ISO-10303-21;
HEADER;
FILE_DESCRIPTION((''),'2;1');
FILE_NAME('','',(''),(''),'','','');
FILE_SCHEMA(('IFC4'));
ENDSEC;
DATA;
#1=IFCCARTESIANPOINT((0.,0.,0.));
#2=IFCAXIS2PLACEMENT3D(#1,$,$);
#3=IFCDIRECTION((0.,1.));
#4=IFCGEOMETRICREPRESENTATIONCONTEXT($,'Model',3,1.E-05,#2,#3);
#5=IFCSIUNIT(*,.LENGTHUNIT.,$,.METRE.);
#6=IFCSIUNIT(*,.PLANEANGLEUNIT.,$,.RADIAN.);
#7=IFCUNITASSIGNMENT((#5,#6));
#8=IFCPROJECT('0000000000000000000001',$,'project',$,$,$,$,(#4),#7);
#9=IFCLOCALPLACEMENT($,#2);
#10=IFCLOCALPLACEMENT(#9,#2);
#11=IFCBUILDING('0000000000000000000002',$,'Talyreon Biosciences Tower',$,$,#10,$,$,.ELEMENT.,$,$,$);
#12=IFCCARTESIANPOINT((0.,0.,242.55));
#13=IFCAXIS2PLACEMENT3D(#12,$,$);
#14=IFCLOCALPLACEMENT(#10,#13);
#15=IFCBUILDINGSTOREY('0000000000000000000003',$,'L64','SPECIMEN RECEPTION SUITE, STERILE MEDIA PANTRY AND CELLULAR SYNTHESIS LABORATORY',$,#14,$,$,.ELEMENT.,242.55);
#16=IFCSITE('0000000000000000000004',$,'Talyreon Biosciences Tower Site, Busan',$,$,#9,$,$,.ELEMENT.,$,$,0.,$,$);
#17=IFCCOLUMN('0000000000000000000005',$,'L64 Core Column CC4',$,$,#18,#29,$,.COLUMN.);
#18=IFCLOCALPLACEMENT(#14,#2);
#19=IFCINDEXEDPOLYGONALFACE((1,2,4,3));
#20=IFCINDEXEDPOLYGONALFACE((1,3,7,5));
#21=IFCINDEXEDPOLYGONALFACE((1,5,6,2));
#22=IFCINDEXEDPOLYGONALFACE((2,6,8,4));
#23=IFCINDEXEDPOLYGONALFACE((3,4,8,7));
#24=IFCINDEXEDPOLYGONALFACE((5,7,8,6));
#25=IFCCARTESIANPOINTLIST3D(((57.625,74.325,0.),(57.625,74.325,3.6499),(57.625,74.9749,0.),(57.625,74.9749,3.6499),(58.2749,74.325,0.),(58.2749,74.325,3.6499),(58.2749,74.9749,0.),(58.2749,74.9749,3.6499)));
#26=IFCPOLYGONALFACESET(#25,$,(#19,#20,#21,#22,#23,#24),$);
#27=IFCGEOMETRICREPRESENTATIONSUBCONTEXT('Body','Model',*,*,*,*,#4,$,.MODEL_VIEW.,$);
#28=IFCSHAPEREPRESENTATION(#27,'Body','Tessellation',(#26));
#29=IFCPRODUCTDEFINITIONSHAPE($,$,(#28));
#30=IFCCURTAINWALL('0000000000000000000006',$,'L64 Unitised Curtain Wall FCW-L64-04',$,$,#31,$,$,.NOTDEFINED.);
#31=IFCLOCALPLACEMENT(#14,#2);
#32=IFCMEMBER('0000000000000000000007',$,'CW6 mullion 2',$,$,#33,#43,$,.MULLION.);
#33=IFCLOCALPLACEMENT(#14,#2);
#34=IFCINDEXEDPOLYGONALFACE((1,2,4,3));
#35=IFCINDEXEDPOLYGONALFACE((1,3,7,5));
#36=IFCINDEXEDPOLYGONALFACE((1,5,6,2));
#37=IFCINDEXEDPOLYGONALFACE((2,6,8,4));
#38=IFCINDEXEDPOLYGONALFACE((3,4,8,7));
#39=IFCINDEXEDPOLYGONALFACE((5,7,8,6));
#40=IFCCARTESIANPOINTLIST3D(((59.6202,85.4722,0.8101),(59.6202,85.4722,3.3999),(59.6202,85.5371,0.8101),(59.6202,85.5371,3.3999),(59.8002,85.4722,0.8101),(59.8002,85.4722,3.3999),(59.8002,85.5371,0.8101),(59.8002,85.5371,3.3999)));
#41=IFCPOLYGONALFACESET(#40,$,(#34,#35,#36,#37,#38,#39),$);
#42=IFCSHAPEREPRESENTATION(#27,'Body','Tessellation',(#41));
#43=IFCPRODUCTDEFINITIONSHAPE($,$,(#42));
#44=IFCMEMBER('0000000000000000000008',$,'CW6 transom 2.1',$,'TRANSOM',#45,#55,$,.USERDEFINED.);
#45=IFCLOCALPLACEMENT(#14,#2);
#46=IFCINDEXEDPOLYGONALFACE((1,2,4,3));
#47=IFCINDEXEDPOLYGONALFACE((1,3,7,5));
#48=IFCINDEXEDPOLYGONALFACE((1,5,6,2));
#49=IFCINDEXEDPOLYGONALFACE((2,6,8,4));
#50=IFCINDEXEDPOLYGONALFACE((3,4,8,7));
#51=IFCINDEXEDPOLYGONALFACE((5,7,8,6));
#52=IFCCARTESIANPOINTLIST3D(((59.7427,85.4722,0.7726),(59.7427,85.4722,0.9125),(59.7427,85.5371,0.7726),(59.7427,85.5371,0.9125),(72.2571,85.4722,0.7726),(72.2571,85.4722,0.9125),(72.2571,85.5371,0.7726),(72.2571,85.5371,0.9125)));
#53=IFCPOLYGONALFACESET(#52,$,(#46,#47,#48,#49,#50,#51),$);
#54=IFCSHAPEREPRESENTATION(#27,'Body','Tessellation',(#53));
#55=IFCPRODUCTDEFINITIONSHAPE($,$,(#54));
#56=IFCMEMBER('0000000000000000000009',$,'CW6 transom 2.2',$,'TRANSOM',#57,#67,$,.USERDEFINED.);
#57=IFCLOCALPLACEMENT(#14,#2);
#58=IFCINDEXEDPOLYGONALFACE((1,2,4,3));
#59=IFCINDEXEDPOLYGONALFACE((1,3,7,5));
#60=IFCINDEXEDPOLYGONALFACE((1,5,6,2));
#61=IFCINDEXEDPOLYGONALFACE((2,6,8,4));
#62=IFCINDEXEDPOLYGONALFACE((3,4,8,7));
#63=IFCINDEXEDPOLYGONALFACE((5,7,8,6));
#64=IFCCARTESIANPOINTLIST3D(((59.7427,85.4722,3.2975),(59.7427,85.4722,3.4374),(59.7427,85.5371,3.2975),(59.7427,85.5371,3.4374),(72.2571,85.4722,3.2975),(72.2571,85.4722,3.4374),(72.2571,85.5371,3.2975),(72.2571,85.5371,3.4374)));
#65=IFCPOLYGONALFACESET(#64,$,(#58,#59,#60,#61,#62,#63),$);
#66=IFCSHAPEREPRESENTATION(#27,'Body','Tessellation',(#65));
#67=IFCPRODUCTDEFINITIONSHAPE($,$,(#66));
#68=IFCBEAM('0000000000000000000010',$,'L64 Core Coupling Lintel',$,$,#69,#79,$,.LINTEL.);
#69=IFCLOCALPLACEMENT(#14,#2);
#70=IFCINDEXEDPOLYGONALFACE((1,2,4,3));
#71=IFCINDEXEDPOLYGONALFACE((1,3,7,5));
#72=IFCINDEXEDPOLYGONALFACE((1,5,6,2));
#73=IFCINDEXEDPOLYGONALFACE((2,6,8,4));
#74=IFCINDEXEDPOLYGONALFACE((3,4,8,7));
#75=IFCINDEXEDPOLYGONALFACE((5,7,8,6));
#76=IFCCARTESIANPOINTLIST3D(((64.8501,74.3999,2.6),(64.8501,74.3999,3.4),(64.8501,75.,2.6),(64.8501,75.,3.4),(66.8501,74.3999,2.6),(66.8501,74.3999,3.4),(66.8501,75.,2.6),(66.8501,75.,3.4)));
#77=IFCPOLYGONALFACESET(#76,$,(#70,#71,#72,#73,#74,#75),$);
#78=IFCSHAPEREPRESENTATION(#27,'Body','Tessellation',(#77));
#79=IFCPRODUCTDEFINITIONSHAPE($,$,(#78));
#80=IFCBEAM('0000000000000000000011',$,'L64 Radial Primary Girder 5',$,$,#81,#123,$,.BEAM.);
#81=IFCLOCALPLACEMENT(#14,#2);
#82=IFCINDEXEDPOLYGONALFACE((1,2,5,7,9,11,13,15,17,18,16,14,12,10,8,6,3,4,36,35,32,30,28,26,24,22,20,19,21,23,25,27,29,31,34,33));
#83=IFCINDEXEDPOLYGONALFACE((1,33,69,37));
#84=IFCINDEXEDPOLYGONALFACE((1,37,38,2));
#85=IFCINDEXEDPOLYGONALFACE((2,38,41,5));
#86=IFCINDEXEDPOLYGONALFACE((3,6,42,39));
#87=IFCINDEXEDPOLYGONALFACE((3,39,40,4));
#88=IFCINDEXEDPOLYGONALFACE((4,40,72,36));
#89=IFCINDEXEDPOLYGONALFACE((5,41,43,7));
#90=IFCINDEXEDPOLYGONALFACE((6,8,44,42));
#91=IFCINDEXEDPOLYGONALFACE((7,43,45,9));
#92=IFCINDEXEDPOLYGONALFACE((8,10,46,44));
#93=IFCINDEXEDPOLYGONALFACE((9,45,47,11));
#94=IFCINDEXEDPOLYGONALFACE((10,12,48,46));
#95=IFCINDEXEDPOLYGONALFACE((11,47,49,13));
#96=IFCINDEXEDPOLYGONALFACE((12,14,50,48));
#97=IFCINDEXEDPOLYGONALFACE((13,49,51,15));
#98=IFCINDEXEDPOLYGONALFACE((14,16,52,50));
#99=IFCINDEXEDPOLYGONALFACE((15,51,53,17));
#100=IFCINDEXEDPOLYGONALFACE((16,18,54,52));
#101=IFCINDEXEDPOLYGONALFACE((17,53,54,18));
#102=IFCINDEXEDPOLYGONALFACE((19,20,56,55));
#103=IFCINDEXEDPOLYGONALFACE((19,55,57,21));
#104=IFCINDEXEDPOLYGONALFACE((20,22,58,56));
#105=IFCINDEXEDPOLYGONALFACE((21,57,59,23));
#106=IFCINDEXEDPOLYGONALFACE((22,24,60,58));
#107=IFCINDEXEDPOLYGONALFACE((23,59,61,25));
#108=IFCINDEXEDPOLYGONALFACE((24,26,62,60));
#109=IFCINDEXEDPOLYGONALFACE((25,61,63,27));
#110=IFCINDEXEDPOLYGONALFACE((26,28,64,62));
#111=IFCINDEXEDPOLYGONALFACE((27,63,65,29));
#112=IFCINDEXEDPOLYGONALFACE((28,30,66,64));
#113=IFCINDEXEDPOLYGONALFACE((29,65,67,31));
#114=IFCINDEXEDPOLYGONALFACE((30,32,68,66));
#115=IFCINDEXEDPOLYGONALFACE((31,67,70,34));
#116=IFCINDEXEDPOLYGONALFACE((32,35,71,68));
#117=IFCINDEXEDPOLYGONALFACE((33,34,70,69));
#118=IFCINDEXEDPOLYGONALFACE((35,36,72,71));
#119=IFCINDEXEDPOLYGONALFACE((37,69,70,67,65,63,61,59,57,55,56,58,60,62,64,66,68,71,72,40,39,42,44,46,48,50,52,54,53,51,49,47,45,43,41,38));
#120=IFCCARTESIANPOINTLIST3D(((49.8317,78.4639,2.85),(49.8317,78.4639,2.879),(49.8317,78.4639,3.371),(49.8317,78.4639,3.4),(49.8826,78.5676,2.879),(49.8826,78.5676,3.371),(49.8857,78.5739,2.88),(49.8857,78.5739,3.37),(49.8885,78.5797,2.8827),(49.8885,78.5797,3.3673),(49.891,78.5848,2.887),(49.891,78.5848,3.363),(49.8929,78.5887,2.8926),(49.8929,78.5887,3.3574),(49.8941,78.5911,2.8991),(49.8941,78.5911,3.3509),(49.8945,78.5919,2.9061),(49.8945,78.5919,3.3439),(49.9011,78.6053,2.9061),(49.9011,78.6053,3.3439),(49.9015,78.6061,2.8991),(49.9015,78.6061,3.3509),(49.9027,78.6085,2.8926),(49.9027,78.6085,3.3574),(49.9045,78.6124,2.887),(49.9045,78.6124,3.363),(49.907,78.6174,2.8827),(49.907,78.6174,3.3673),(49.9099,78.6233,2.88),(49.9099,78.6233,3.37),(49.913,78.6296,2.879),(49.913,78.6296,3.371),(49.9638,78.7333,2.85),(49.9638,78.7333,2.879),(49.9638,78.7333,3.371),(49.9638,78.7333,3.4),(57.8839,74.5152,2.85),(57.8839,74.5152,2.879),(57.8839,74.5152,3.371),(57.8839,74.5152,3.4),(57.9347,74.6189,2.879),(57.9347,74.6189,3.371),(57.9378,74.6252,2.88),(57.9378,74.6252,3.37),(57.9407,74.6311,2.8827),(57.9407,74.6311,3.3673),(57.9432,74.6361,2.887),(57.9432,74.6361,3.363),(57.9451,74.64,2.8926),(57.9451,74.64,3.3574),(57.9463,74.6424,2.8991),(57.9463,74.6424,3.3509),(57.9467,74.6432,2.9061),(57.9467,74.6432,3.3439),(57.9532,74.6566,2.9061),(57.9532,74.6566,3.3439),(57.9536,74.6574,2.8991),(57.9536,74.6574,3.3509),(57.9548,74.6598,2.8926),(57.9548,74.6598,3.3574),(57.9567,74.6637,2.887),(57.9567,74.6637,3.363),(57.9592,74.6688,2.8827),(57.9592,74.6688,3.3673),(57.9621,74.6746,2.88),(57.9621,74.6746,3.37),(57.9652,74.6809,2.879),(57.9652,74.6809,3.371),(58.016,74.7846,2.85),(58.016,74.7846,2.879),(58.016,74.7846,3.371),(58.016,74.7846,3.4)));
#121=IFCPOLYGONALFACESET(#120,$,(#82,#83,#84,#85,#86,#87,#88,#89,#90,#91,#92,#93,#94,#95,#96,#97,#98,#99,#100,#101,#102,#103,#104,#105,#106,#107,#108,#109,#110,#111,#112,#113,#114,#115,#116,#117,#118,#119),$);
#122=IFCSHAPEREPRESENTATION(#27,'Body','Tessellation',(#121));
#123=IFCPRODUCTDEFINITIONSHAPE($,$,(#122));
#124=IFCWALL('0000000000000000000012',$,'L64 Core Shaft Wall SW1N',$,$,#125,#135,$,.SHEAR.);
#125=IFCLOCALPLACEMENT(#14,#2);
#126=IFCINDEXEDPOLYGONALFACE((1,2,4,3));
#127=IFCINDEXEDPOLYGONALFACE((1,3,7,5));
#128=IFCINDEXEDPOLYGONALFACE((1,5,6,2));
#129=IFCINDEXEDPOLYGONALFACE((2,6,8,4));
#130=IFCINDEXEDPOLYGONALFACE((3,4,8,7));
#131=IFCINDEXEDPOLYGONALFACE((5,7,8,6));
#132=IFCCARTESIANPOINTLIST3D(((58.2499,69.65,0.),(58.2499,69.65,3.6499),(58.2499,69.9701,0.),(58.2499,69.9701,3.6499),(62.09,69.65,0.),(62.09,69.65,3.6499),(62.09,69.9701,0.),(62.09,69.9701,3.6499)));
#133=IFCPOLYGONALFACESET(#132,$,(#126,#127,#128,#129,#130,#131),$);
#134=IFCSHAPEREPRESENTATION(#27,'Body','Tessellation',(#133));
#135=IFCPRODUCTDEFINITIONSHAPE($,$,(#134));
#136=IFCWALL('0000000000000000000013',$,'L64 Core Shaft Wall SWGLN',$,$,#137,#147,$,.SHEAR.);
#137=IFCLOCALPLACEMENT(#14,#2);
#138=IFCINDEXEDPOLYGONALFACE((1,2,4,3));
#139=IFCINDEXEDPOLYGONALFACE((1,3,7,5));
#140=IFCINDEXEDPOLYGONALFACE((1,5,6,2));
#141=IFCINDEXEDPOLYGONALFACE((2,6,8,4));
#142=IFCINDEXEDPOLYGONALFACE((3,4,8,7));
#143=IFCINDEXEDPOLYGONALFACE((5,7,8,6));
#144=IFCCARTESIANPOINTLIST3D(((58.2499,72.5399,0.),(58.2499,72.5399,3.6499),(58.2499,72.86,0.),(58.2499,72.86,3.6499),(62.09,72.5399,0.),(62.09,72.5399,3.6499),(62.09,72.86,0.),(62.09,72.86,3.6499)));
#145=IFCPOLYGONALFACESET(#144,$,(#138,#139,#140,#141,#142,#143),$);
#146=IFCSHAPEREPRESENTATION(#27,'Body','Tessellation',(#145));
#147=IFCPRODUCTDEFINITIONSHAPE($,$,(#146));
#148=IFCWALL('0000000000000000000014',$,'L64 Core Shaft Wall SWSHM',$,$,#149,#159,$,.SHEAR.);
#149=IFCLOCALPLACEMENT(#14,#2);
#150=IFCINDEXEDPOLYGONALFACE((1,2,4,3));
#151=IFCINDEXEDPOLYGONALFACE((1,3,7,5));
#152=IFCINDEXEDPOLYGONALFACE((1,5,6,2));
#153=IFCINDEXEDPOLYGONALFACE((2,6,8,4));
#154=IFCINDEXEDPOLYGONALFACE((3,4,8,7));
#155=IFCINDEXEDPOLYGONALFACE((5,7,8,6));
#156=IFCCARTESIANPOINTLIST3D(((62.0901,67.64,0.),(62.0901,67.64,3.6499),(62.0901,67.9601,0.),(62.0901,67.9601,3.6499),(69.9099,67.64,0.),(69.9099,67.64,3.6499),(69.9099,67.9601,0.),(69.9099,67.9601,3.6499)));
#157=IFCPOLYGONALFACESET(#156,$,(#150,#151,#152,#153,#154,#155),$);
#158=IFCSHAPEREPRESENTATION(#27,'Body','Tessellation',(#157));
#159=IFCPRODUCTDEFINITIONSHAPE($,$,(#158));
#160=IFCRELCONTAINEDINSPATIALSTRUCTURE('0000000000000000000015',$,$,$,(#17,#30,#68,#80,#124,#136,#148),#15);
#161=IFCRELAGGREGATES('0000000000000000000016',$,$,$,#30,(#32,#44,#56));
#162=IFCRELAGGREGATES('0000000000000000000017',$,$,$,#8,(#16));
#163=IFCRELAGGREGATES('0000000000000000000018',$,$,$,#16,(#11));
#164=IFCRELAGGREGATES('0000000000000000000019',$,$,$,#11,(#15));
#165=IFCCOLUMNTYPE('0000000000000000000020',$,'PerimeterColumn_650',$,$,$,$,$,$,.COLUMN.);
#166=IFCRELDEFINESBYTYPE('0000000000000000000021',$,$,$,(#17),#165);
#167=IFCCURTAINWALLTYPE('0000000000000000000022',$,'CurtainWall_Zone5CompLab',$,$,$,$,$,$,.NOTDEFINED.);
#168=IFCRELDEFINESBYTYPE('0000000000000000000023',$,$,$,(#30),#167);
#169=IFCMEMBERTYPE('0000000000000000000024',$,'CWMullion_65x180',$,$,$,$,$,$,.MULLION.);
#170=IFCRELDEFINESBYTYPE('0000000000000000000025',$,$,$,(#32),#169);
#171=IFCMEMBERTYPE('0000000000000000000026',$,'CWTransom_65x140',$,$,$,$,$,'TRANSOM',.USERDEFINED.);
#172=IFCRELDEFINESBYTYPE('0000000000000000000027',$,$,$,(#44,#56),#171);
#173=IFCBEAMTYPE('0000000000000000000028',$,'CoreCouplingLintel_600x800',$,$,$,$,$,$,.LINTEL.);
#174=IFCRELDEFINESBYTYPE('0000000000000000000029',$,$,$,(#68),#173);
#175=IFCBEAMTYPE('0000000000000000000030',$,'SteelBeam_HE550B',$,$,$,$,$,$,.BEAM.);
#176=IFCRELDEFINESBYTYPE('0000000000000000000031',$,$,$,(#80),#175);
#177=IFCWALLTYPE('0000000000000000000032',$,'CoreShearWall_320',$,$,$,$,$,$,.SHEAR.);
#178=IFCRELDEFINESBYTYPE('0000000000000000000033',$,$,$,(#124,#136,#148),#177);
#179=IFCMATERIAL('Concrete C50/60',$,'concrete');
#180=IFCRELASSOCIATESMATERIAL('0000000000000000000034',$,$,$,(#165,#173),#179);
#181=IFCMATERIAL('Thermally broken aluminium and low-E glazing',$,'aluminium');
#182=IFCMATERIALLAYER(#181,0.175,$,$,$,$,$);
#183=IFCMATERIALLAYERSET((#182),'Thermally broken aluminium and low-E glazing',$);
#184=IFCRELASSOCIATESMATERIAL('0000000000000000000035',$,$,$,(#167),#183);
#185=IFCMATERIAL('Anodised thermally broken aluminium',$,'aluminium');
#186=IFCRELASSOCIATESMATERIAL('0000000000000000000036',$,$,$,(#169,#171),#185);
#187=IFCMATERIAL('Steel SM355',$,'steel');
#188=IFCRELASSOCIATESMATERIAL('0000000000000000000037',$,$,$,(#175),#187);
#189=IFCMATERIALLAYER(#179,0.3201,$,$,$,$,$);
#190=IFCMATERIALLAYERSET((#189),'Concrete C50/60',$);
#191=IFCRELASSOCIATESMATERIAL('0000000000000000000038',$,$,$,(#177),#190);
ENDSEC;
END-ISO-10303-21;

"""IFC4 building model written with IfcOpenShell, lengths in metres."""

from ifc_helpers import new_model, si_unit, direction, frame, frame_2d, origin, origin_2d, place, context, subcontext, project, spatial, rectangle, i_section, extrude, material, layer, layer_set, material_profile, profile_set, type_object, element, aggregate, save


model = new_model("IFC4")

# Units and contexts
model_context = context("Model", 3, precision=1e-05, world=origin(), true_north=direction((0.0, 1.0)))
body_context = subcontext(model_context, "Body", "Model", "MODEL_VIEW")
ifc_project = project(units=[si_unit("LENGTHUNIT", "METRE"), si_unit("PLANEANGLEUNIT", "RADIAN")], contexts=[model_context])

# Site, building, storey
site_placement = place(None, origin())
site = spatial("IfcSite", under=ifc_project, at=site_placement, Name="Talyreon Biosciences Tower Site, Busan", CompositionType="ELEMENT", RefElevation=0.0)
building_placement = place(site_placement, origin())
building = spatial("IfcBuilding", under=site, at=building_placement, Name="Talyreon Biosciences Tower", CompositionType="ELEMENT")
storey_placement = place(building_placement, frame((0.0, 0.0, 242.55)))
storey = spatial("IfcBuildingStorey", under=building, at=storey_placement, Name="L64", Description="SPECIMEN RECEPTION SUITE, STERILE MEDIA PANTRY AND CELLULAR SYNTHESIS LABORATORY", CompositionType="ELEMENT", Elevation=242.55)

# Column
ifc_material_1 = material(Name="Concrete C50/60", Category="concrete")
ifc_material_profile_1 = material_profile(ifc_material_1, rectangle(XDim=0.6499, YDim=0.6499, at=origin_2d()), Name="RC 650x650")
ifc_profile_set_1 = profile_set([ifc_material_profile_1], Name="Concrete C50/60")
column_type = type_object("IfcColumnType", Name="PerimeterColumn_650", PredefinedType="COLUMN", material=ifc_profile_set_1)
column_placement = place(storey_placement, frame((57.95, 74.6499, 0.0), z_axis=(0.0, 0.0, 1.0), x_axis=(1.0, 0.0, 0.0)))
element("IfcColumn", 1, at=column_placement, inside=storey, type_object=column_type, Name="L64 Core Column CC4", PredefinedType="COLUMN", context=body_context, shape_type="SweptSolid", body=[
    extrude(rectangle(XDim=0.6499, YDim=0.6499, at=origin_2d()), origin(), (0.0, 0.0, 1.0), 3.6499),
])

# Curtain wall, members
ifc_material_2 = material(Name="Thermally broken aluminium and low-E glazing", Category="aluminium")
ifc_layer_1 = layer(ifc_material_2, 0.175)
ifc_layer_set_1 = layer_set([ifc_layer_1], Name="Thermally broken aluminium and low-E glazing")
curtain_wall_type = type_object("IfcCurtainWallType", Name="CurtainWall_Zone5CompLab", PredefinedType="NOTDEFINED", material=ifc_layer_set_1)
curtain_wall_placement = place(storey_placement, origin())
curtain_wall = element("IfcCurtainWall", 2, at=curtain_wall_placement, inside=storey, type_object=curtain_wall_type, Name="L64 Unitised Curtain Wall FCW-L64-04", PredefinedType="NOTDEFINED")
ifc_material_3 = material(Name="Anodised thermally broken aluminium", Category="aluminium")
ifc_material_profile_2 = material_profile(ifc_material_3, rectangle(XDim=0.0649, YDim=0.1799, at=origin_2d()), Name="ALUM MULLION 65x180")
ifc_profile_set_2 = profile_set([ifc_material_profile_2], Name="Anodised thermally broken aluminium")
member_type_1 = type_object("IfcMemberType", Name="CWMullion_65x180", PredefinedType="MULLION", material=ifc_profile_set_2)
member_1_placement = place(storey_placement, frame((59.7102, 85.5046, 0.8101), z_axis=(0.0, 0.0, 1.0), x_axis=(0.0, 1.0, 0.0)))
member_1 = element("IfcMember", 3, at=member_1_placement, type_object=member_type_1, Name="CW6 mullion 2", PredefinedType="MULLION", context=body_context, shape_type="SweptSolid", body=[
    extrude(rectangle(XDim=0.0649, YDim=0.1799, at=origin_2d()), origin(), (0.0, 0.0, 1.0), 2.5898),
])
ifc_material_profile_3 = material_profile(ifc_material_3, rectangle(XDim=0.0649, YDim=0.1399, at=origin_2d()), Name="ALUM TRANSOM 65x140")
ifc_profile_set_3 = profile_set([ifc_material_profile_3], Name="Anodised thermally broken aluminium")
member_type_2 = type_object("IfcMemberType", Name="CWTransom_65x140", ElementType="TRANSOM", PredefinedType="USERDEFINED", material=ifc_profile_set_3)
member_2_placement = place(storey_placement, frame((59.7427, 85.5046, 0.8425), z_axis=(1.0, 0.0, 0.0), x_axis=(0.0, 1.0, 0.0)))
member_2 = element("IfcMember", 4, at=member_2_placement, type_object=member_type_2, Name="CW6 transom 2.1", ObjectType="TRANSOM", PredefinedType="USERDEFINED", context=body_context, shape_type="SweptSolid", body=[
    extrude(rectangle(XDim=0.0649, YDim=0.1399, at=origin_2d()), origin(), (0.0, 0.0, 1.0), 12.5144),
])
member_3_placement = place(storey_placement, frame((59.7427, 85.5046, 3.3674), z_axis=(1.0, 0.0, 0.0), x_axis=(0.0, 1.0, 0.0)))
member_3 = element("IfcMember", 5, at=member_3_placement, type_object=member_type_2, Name="CW6 transom 2.2", ObjectType="TRANSOM", PredefinedType="USERDEFINED", context=body_context, shape_type="SweptSolid", body=[
    extrude(rectangle(XDim=0.0649, YDim=0.1399, at=origin_2d()), origin(), (0.0, 0.0, 1.0), 12.5144),
])
aggregate(curtain_wall, [member_1, member_2, member_3])

# Beams
ifc_material_profile_4 = material_profile(ifc_material_1, rectangle(XDim=0.6001, YDim=0.8, at=origin_2d()), Name="RCB 600x800")
ifc_profile_set_4 = profile_set([ifc_material_profile_4], Name="Concrete C50/60")
beam_type_1 = type_object("IfcBeamType", Name="CoreCouplingLintel_600x800", PredefinedType="LINTEL", material=ifc_profile_set_4)
beam_1_placement = place(storey_placement, frame((64.8501, 74.7, 3.0), z_axis=(1.0, 0.0, 0.0), x_axis=(0.0, 1.0, 0.0)))
element("IfcBeam", 6, at=beam_1_placement, inside=storey, type_object=beam_type_1, Name="L64 Core Coupling Lintel", PredefinedType="LINTEL", context=body_context, shape_type="SweptSolid", body=[
    extrude(rectangle(XDim=0.6001, YDim=0.8, at=origin_2d()), origin(), (0.0, 0.0, 1.0), 2.0),
])
ifc_material_4 = material(Name="Steel SM355", Category="steel")
ifc_material_profile_5 = material_profile(ifc_material_4, i_section(OverallWidth=0.3, OverallDepth=0.55, WebThickness=0.0149, FlangeThickness=0.0291, FilletRadius=0.0271, at=origin_2d()), Name="HE550B")
ifc_profile_set_5 = profile_set([ifc_material_profile_5], Name="Steel SM355")
beam_type_2 = type_object("IfcBeamType", Name="SteelBeam_HE550B", PredefinedType="BEAM", material=ifc_profile_set_5)
beam_2_placement = place(storey_placement, frame((57.95, 74.6499, 3.125), z_axis=(-0.897852, 0.440297, 0.0), x_axis=(-0.440297, -0.897852, 0.0)))
element("IfcBeam", 7, at=beam_2_placement, inside=storey, type_object=beam_type_2, Name="L64 Radial Primary Girder 5", PredefinedType="BEAM", context=body_context, shape_type="SweptSolid", body=[
    extrude(i_section(OverallWidth=0.3, OverallDepth=0.55, WebThickness=0.0149, FlangeThickness=0.0291, FilletRadius=0.0271, at=origin_2d()), origin(), (0.0, 0.0, 1.0), 8.9683),
])

# Walls
ifc_layer_2 = layer(ifc_material_1, 0.3201)
ifc_layer_set_2 = layer_set([ifc_layer_2], Name="Concrete C50/60")
wall_type_1 = type_object("IfcWallType", Name="CoreShearWall_320", PredefinedType="SHEAR", material=ifc_layer_set_2)
for number, where, z_axis, x_axis, name in (
    (8, (58.25, 69.8101, 0.0), (0.0, 0.0, 1.0), (1.0, 0.0, 0.0), "L64 Core Shaft Wall SW1N"),
    (9, (58.25, 72.7, 0.0), (0.0, 0.0, 1.0), (1.0, 0.0, 0.0), "L64 Core Shaft Wall SWGLN"),
):
    element("IfcWall", number, at=place(storey_placement, frame(where, z_axis=z_axis, x_axis=x_axis)), inside=storey, type_object=wall_type_1, Name=name, PredefinedType="SHEAR", context=body_context, shape_type="SweptSolid", body=[
        extrude(rectangle(XDim=3.8401, YDim=0.3201, at=frame_2d((1.9199, 0.0))), origin(), (0.0, 0.0, 1.0), 3.6499),
    ])
wall_1_placement = place(storey_placement, frame((62.0901, 67.8, 0.0), z_axis=(0.0, 0.0, 1.0), x_axis=(1.0, 0.0, 0.0)))
element("IfcWall", 10, at=wall_1_placement, inside=storey, type_object=wall_type_1, Name="L64 Core Shaft Wall SWSHM", PredefinedType="SHEAR", context=body_context, shape_type="SweptSolid", body=[
    extrude(rectangle(XDim=7.8198, YDim=0.3201, at=frame_2d((3.9099, 0.0))), origin(), (0.0, 0.0, 1.0), 3.6499),
])

save(model, "model.ifc")
